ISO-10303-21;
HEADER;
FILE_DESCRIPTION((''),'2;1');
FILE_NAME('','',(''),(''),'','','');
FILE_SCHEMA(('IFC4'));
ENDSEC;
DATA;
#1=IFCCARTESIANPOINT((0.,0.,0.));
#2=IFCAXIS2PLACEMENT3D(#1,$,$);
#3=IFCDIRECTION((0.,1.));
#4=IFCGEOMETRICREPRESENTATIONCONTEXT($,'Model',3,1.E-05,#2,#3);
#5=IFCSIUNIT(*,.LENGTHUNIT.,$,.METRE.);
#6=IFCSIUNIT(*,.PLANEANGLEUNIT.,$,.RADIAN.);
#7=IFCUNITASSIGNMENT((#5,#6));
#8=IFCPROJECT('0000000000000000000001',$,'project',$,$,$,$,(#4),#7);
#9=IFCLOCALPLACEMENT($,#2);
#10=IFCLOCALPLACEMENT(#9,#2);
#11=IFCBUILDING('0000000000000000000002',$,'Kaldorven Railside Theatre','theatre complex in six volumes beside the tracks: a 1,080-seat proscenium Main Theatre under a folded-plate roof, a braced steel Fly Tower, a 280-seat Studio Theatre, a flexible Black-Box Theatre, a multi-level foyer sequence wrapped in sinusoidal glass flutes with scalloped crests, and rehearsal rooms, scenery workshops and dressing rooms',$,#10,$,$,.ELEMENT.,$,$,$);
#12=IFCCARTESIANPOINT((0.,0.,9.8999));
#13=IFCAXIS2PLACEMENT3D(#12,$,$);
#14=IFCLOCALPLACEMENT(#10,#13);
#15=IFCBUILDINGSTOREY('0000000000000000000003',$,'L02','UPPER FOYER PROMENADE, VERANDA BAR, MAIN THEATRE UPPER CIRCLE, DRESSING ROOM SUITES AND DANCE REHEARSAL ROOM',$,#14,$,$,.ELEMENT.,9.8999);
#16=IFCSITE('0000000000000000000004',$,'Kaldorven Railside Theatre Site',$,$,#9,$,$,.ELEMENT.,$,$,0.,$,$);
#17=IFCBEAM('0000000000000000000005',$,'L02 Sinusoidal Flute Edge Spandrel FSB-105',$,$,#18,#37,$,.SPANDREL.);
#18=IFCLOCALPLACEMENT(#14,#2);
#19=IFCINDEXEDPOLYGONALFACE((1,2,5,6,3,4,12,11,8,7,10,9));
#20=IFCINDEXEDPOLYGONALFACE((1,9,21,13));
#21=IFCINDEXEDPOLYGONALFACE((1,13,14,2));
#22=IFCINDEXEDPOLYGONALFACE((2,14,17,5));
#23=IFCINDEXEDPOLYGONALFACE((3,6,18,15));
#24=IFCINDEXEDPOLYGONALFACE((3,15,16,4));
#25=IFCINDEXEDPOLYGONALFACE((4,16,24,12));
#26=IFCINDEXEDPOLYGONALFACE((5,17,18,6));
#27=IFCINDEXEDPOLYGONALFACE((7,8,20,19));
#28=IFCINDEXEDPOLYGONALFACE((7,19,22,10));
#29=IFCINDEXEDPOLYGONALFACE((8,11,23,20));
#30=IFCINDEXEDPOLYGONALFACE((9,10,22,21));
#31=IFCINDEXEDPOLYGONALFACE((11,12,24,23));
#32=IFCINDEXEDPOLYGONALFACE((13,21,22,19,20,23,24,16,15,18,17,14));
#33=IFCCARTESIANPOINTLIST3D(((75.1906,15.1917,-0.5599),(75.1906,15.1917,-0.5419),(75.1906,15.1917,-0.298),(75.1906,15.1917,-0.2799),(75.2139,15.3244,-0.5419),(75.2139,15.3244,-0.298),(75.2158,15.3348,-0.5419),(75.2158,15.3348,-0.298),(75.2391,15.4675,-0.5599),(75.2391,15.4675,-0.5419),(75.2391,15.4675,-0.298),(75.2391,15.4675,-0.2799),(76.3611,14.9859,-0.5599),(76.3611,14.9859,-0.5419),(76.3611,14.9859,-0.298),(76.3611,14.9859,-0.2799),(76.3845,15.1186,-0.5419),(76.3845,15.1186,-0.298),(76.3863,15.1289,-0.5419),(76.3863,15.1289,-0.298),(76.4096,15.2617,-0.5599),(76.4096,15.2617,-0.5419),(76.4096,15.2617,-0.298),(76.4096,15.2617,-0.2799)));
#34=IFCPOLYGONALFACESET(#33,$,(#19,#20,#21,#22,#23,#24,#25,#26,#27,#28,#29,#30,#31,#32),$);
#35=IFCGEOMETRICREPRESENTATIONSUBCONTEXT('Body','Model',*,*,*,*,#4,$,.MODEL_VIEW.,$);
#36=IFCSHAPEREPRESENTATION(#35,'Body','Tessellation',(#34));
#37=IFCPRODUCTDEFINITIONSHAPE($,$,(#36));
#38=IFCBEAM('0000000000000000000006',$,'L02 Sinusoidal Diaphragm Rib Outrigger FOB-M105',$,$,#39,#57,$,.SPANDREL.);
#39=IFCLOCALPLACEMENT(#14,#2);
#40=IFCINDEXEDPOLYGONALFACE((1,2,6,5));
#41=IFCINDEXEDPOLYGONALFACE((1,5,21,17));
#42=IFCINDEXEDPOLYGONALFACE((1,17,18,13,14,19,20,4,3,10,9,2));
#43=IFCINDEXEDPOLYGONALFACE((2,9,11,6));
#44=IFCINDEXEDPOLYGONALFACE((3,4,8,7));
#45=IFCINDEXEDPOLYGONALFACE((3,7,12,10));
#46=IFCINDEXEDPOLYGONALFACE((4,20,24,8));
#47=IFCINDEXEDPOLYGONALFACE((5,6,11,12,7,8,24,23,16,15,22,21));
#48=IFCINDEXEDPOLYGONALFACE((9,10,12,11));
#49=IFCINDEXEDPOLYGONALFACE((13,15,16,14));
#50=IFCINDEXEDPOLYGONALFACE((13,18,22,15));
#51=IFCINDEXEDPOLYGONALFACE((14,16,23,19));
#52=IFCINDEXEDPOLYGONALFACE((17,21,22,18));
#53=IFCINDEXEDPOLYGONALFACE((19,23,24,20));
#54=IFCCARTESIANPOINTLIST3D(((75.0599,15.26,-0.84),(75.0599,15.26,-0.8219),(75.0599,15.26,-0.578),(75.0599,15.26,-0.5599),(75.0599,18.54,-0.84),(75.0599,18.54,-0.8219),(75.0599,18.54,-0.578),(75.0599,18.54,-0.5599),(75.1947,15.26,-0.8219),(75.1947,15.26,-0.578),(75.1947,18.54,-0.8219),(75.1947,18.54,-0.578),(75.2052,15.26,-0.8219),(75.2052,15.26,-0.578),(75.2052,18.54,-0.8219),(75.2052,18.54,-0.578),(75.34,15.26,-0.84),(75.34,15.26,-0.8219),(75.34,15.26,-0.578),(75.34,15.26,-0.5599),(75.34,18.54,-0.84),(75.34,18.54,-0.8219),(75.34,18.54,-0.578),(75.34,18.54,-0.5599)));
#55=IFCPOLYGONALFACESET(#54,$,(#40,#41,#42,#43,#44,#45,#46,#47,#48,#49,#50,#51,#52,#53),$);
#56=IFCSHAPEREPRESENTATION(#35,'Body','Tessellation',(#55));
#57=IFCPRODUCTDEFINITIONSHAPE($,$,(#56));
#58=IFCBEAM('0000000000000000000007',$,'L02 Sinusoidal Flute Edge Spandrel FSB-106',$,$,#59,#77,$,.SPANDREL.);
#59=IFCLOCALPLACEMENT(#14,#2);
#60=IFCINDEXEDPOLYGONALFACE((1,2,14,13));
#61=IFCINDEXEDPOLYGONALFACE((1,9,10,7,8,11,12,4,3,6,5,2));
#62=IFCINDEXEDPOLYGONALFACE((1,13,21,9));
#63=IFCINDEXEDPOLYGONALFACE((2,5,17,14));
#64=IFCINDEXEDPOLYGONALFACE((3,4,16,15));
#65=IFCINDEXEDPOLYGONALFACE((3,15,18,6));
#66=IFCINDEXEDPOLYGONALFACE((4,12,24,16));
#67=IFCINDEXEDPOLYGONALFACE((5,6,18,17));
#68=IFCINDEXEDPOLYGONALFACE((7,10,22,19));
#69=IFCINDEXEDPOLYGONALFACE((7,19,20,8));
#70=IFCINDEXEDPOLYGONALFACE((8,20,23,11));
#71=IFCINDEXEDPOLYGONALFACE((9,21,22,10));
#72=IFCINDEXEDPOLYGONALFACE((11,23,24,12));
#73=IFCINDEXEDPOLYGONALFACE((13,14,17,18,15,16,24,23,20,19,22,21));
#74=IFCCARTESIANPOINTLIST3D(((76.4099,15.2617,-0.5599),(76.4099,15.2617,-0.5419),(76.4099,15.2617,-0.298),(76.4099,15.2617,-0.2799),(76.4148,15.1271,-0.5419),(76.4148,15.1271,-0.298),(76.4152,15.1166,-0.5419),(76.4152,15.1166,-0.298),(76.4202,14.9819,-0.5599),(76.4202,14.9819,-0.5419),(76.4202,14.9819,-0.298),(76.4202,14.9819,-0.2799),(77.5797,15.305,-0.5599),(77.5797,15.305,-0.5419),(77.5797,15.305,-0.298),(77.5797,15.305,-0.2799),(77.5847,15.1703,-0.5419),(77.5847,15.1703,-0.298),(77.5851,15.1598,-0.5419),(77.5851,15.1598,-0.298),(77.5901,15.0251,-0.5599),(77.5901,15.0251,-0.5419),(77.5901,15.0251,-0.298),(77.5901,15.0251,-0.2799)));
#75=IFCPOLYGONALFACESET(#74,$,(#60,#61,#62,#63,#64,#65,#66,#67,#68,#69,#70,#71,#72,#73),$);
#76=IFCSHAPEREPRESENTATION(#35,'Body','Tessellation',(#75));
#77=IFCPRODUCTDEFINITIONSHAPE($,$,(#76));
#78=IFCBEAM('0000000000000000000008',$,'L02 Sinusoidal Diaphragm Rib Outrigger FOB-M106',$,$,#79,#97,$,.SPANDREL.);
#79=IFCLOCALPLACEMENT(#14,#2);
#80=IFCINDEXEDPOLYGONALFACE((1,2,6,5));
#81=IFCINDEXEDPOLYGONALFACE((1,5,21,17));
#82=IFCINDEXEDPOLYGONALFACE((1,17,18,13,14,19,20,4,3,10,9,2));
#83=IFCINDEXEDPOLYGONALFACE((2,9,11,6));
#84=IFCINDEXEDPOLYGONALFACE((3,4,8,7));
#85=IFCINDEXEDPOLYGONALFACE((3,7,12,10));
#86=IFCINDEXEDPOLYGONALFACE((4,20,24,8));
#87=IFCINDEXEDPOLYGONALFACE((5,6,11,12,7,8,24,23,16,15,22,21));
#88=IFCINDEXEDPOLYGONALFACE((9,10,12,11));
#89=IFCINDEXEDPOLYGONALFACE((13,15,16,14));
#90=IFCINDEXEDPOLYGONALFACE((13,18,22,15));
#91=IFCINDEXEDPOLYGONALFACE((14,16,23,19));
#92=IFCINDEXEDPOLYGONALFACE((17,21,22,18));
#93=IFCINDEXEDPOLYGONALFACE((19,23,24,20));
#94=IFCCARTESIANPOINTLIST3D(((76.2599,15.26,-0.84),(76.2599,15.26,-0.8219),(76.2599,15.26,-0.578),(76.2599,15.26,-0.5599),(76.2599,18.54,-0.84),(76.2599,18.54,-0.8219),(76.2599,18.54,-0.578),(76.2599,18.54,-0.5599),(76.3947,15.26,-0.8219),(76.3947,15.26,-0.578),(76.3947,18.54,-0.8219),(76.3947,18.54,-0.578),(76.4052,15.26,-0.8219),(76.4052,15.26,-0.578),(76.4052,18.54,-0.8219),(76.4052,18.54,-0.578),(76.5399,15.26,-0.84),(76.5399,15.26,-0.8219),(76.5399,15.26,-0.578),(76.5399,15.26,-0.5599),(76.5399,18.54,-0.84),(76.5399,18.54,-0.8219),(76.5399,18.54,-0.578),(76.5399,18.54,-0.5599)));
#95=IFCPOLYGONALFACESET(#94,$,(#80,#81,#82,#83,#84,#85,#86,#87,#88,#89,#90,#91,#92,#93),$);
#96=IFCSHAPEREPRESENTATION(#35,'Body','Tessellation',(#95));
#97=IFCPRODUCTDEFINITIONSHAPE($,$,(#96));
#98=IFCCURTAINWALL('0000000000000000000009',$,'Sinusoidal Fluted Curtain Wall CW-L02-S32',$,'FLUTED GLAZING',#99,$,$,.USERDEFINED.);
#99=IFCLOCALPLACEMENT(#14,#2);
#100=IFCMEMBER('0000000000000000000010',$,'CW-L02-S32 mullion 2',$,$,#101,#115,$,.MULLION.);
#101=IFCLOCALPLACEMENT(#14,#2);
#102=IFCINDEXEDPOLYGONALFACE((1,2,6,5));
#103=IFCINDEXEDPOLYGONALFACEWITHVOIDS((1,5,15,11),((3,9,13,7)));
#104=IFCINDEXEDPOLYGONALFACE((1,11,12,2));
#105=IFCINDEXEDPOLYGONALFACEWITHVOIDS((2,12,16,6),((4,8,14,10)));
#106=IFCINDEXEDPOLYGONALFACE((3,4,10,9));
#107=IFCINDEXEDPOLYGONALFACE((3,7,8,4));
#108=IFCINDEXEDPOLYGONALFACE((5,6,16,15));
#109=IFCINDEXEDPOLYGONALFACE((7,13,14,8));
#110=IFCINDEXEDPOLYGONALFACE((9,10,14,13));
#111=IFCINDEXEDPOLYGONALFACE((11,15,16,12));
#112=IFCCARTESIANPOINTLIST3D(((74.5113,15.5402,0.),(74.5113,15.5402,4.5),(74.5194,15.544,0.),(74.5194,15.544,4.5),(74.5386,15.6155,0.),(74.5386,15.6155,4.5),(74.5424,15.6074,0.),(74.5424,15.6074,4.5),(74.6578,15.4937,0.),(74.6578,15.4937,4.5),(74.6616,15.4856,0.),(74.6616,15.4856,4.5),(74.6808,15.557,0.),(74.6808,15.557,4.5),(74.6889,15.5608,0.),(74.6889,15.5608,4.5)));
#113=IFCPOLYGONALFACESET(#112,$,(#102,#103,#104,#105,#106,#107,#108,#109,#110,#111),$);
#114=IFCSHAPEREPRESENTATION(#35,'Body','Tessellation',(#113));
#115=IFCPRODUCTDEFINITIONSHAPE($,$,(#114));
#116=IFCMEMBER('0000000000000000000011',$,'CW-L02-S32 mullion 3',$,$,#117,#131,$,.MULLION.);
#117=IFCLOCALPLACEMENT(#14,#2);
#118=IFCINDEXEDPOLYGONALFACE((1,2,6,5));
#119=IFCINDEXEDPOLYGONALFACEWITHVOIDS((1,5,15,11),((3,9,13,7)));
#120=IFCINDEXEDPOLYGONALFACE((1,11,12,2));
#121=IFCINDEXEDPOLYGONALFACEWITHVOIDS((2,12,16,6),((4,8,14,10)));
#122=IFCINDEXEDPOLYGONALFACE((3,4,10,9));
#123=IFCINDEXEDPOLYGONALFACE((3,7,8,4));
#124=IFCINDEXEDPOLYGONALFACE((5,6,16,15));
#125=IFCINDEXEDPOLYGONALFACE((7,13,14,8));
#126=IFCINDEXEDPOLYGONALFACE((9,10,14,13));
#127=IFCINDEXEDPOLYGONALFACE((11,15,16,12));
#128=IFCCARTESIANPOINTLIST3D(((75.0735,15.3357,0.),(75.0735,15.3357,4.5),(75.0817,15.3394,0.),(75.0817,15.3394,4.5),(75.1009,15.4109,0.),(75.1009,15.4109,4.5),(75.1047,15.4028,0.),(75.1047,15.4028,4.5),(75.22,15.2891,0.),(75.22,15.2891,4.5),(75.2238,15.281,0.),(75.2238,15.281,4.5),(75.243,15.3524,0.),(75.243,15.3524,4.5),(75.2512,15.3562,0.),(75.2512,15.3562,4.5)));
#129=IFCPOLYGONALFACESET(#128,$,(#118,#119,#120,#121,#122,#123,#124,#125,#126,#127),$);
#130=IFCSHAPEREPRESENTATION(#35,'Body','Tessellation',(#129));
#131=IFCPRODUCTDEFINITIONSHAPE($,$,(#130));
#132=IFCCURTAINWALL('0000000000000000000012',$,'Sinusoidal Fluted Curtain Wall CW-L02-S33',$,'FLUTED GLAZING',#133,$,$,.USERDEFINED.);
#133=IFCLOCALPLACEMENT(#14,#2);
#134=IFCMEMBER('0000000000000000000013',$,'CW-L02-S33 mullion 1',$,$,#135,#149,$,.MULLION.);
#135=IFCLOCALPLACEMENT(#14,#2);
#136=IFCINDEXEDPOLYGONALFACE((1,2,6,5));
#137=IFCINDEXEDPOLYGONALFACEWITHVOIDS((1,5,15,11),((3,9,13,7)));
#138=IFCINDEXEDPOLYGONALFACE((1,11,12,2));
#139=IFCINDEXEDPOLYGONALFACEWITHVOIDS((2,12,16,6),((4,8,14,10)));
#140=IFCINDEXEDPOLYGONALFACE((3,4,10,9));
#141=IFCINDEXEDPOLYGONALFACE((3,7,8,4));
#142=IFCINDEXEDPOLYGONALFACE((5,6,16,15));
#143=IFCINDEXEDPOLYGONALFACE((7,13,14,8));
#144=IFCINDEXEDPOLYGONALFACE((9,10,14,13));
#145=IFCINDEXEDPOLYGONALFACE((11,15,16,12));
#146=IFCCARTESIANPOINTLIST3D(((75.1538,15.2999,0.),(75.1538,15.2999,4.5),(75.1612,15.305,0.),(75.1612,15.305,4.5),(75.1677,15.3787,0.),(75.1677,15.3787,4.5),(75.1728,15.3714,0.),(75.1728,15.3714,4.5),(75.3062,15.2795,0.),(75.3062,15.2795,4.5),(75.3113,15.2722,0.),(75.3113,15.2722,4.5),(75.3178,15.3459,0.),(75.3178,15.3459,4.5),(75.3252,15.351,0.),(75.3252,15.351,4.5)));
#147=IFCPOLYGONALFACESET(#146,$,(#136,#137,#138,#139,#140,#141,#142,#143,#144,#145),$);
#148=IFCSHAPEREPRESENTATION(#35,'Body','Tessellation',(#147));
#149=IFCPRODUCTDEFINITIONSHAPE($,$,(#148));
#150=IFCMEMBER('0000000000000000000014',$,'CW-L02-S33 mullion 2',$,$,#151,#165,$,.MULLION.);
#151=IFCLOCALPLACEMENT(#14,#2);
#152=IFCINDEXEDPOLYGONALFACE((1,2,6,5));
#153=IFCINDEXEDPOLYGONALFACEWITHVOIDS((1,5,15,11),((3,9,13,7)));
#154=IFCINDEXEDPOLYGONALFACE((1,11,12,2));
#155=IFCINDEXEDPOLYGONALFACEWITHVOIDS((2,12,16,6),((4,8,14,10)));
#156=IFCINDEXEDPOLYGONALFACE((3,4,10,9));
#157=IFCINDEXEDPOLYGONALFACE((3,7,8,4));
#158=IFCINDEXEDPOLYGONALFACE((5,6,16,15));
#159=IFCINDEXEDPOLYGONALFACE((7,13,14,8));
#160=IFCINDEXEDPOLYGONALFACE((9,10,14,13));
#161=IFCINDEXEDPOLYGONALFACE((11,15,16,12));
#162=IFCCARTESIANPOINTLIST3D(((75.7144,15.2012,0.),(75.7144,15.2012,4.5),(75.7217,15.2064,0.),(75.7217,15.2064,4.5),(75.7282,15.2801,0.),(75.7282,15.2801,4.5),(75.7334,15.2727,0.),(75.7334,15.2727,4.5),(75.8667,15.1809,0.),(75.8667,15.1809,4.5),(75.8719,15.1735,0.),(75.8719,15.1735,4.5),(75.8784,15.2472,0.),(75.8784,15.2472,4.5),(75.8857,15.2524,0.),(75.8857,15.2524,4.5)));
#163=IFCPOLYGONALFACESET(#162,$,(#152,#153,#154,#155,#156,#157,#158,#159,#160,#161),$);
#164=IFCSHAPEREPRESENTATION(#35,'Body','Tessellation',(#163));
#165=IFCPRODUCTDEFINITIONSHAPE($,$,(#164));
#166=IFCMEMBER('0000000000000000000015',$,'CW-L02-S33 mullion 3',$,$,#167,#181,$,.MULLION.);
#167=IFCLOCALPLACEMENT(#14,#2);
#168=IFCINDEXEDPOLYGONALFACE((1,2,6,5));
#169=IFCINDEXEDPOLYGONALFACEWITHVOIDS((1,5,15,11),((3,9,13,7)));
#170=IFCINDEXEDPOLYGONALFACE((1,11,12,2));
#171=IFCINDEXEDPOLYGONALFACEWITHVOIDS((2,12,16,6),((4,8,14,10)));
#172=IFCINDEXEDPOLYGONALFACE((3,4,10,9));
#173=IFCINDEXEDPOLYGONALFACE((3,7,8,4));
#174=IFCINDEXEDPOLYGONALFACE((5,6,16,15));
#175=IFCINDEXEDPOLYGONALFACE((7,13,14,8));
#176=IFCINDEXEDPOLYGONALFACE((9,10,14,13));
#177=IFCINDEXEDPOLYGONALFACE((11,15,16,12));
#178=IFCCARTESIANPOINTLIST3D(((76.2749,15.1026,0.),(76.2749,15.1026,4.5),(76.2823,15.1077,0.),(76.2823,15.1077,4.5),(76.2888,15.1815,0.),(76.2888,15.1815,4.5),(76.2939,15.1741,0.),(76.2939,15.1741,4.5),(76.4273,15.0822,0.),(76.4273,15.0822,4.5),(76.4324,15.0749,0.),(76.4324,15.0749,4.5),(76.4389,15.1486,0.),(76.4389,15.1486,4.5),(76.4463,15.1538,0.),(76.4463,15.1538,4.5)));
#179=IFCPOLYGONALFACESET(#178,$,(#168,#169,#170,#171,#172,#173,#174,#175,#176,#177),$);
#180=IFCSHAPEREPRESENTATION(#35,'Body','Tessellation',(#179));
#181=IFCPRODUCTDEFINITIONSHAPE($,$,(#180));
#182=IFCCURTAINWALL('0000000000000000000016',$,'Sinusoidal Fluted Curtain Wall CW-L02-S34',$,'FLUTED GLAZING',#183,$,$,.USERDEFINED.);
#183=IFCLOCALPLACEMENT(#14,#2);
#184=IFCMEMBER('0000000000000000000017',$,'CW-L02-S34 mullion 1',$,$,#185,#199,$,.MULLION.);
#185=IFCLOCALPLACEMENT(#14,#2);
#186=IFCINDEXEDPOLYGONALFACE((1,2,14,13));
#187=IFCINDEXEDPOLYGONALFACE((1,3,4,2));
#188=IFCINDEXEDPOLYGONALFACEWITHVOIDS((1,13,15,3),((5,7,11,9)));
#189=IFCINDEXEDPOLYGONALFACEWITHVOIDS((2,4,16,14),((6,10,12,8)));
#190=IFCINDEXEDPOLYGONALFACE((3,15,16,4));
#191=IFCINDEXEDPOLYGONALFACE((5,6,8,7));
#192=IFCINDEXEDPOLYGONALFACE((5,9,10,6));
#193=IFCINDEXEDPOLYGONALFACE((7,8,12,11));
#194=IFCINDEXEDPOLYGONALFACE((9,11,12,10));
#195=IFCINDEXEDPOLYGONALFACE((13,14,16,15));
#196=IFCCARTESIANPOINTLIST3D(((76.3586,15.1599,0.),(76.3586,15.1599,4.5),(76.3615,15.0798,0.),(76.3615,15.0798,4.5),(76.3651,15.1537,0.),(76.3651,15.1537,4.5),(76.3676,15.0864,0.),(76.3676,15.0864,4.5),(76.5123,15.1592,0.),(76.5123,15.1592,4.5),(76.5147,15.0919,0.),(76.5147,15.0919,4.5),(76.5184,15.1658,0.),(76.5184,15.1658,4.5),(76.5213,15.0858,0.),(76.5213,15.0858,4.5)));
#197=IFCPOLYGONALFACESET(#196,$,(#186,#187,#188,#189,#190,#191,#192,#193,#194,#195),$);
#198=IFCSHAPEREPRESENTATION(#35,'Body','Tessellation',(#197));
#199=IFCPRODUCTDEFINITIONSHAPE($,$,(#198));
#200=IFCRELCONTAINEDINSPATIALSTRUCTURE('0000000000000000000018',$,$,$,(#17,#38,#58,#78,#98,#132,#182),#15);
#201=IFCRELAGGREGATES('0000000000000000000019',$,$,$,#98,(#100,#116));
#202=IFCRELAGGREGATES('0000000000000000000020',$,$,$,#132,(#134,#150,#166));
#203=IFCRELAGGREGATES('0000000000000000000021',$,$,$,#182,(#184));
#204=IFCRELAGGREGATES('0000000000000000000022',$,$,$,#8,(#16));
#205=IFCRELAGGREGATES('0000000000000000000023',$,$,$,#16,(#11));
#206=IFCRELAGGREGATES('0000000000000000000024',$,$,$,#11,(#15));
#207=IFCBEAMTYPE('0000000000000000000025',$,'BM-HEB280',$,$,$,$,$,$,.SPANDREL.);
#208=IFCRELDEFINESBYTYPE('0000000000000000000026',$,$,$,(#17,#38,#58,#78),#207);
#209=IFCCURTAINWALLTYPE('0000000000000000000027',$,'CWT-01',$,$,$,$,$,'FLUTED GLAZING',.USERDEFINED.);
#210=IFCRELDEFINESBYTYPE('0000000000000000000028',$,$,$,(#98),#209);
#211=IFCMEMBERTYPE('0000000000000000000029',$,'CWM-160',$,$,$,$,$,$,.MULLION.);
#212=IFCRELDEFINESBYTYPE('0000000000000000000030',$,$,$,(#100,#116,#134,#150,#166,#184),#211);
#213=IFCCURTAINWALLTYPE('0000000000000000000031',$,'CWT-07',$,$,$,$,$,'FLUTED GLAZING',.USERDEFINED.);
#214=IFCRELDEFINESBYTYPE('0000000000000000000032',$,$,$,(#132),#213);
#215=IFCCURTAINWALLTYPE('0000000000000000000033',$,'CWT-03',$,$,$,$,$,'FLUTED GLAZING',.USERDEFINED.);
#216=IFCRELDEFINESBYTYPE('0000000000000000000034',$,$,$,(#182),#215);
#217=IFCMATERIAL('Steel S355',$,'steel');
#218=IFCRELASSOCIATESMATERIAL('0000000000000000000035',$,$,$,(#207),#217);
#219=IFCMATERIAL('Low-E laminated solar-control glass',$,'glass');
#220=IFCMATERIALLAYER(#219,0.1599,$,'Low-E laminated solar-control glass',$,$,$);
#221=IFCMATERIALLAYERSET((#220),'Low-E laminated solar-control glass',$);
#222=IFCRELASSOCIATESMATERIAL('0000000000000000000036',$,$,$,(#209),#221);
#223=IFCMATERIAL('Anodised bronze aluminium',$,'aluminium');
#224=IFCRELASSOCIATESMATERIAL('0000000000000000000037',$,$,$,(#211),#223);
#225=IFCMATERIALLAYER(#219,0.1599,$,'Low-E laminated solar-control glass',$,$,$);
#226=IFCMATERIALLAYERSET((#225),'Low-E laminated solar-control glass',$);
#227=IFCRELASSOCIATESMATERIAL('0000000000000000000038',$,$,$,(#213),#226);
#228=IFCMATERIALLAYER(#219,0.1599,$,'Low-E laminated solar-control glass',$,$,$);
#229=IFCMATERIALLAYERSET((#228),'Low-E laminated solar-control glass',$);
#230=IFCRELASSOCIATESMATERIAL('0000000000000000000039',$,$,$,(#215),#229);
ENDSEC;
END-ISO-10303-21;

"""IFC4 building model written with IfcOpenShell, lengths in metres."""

from ifc_helpers import new_model, si_unit, direction, frame, origin, origin_2d, place, context, subcontext, project, spatial, hollow_rectangle, i_section, extrude, material, layer, layer_set, material_profile, profile_set, type_object, element, aggregate, save


model = new_model("IFC4")

# Units and contexts
model_context = context("Model", 3, precision=1e-05, world=origin(), true_north=direction((0.0, 1.0)))
body_context = subcontext(model_context, "Body", "Model", "MODEL_VIEW")
ifc_project = project(units=[si_unit("LENGTHUNIT", "METRE"), si_unit("PLANEANGLEUNIT", "RADIAN")], contexts=[model_context])

# Site, building, storey
site_placement = place(None, origin())
site = spatial("IfcSite", under=ifc_project, at=site_placement, Name="Kaldorven Railside Theatre Site", CompositionType="ELEMENT", RefElevation=0.0)
building_placement = place(site_placement, origin())
building = spatial("IfcBuilding", under=site, at=building_placement, Name="Kaldorven Railside Theatre", Description="theatre complex in six volumes beside the tracks: a 1,080-seat proscenium Main Theatre under a folded-plate roof, a braced steel Fly Tower, a 280-seat Studio Theatre, a flexible Black-Box Theatre, a multi-level foyer sequence wrapped in sinusoidal glass flutes with scalloped crests, and rehearsal rooms, scenery workshops and dressing rooms", CompositionType="ELEMENT")
storey_placement = place(building_placement, frame((0.0, 0.0, 9.8999)))
storey = spatial("IfcBuildingStorey", under=building, at=storey_placement, Name="L02", Description="UPPER FOYER PROMENADE, VERANDA BAR, MAIN THEATRE UPPER CIRCLE, DRESSING ROOM SUITES AND DANCE REHEARSAL ROOM", CompositionType="ELEMENT", Elevation=9.8999)

# Beams
ifc_material_1 = material(Name="Steel S355", Category="steel")
ifc_material_profile_1 = material_profile(ifc_material_1, i_section(OverallWidth=0.28, OverallDepth=0.28, WebThickness=0.0105, FlangeThickness=0.0181, at=origin_2d()), Name="HEB 280")
ifc_profile_set_1 = profile_set([ifc_material_profile_1], Name="Steel S355")
beam_type = type_object("IfcBeamType", Name="BM-HEB280", PredefinedType="SPANDREL", material=ifc_profile_set_1)
beam_1_placement = place(storey_placement, frame((75.2148, 15.3296, -0.4199), z_axis=(0.984889, -0.173188, 0.0), x_axis=(0.173188, 0.984889, 0.0)))
element("IfcBeam", 1, at=beam_1_placement, inside=storey, type_object=beam_type, Name="L02 Sinusoidal Flute Edge Spandrel FSB-105", PredefinedType="SPANDREL", context=body_context, shape_type="SweptSolid", body=[
    extrude(i_section(OverallWidth=0.28, OverallDepth=0.28, WebThickness=0.0105, FlangeThickness=0.0181, at=origin_2d()), origin(), (0.0, 0.0, 1.0), 1.1885),
])
beam_2_placement = place(storey_placement, frame((75.2, 15.26, -0.7), z_axis=(0.0, 1.0, 0.0), x_axis=(-1.0, 0.0, 0.0)))
element("IfcBeam", 2, at=beam_2_placement, inside=storey, type_object=beam_type, Name="L02 Sinusoidal Diaphragm Rib Outrigger FOB-M105", PredefinedType="SPANDREL", context=body_context, shape_type="SweptSolid", body=[
    extrude(i_section(OverallWidth=0.28, OverallDepth=0.28, WebThickness=0.0105, FlangeThickness=0.0181, at=origin_2d()), origin(), (0.0, 0.0, 1.0), 3.28),
])
beam_3_placement = place(storey_placement, frame((76.415, 15.1218, -0.4199), z_axis=(0.999319, 0.036911, 0.0), x_axis=(-0.036911, 0.999319, 0.0)))
element("IfcBeam", 3, at=beam_3_placement, inside=storey, type_object=beam_type, Name="L02 Sinusoidal Flute Edge Spandrel FSB-106", PredefinedType="SPANDREL", context=body_context, shape_type="SweptSolid", body=[
    extrude(i_section(OverallWidth=0.28, OverallDepth=0.28, WebThickness=0.0105, FlangeThickness=0.0181, at=origin_2d()), origin(), (0.0, 0.0, 1.0), 1.1707),
])
beam_4_placement = place(storey_placement, frame((76.3999, 15.26, -0.7), z_axis=(0.0, 1.0, 0.0), x_axis=(-1.0, 0.0, 0.0)))
element("IfcBeam", 4, at=beam_4_placement, inside=storey, type_object=beam_type, Name="L02 Sinusoidal Diaphragm Rib Outrigger FOB-M106", PredefinedType="SPANDREL", context=body_context, shape_type="SweptSolid", body=[
    extrude(i_section(OverallWidth=0.28, OverallDepth=0.28, WebThickness=0.0105, FlangeThickness=0.0181, at=origin_2d()), origin(), (0.0, 0.0, 1.0), 3.28),
])

# Curtain walls, members
ifc_material_2 = material(Name="Low-E laminated solar-control glass", Category="glass")
ifc_layer_1 = layer(ifc_material_2, 0.1599, Name="Low-E laminated solar-control glass")
ifc_layer_set_1 = layer_set([ifc_layer_1], Name="Low-E laminated solar-control glass")
curtain_wall_type_1 = type_object("IfcCurtainWallType", Name="CWT-01", ElementType="FLUTED GLAZING", PredefinedType="USERDEFINED", material=ifc_layer_set_1)
curtain_wall_1_placement = place(storey_placement, origin())
curtain_wall_1 = element("IfcCurtainWall", 5, at=curtain_wall_1_placement, inside=storey, type_object=curtain_wall_type_1, Name="Sinusoidal Fluted Curtain Wall CW-L02-S32", ObjectType="FLUTED GLAZING", PredefinedType="USERDEFINED")
ifc_material_3 = material(Name="Anodised bronze aluminium", Category="aluminium")
ifc_material_profile_2 = material_profile(ifc_material_3, hollow_rectangle(XDim=0.0801, YDim=0.1599, WallThickness=0.0063, at=origin_2d()), Name="RHS 160x80x6.3")
ifc_profile_set_2 = profile_set([ifc_material_profile_2], Name="Anodised bronze aluminium")
member_type_1 = type_object("IfcMemberType", Name="CWM-160", PredefinedType="MULLION", material=ifc_profile_set_2)
member_1_placement = place(storey_placement, frame((74.6001, 15.5505, 0.0), z_axis=(0.0, 0.0, 1.0), x_axis=(0.341837, 0.939759, 0.0)))
member_1 = element("IfcMember", 6, at=member_1_placement, type_object=member_type_1, Name="CW-L02-S32 mullion 2", PredefinedType="MULLION", context=body_context, shape_type="SweptSolid", body=[
    extrude(hollow_rectangle(XDim=0.0801, YDim=0.1599, WallThickness=0.0063, at=origin_2d()), origin(), (0.0, 0.0, 1.0), 4.5),
])
member_2_placement = place(storey_placement, frame((75.1624, 15.3459, 0.0), z_axis=(0.0, 0.0, 1.0), x_axis=(0.341837, 0.939759, 0.0)))
member_2 = element("IfcMember", 7, at=member_2_placement, type_object=member_type_1, Name="CW-L02-S32 mullion 3", PredefinedType="MULLION", context=body_context, shape_type="SweptSolid", body=[
    extrude(hollow_rectangle(XDim=0.0801, YDim=0.1599, WallThickness=0.0063, at=origin_2d()), origin(), (0.0, 0.0, 1.0), 4.5),
])
ifc_layer_2 = layer(ifc_material_2, 0.1599, Name="Low-E laminated solar-control glass")
ifc_layer_set_2 = layer_set([ifc_layer_2], Name="Low-E laminated solar-control glass")
curtain_wall_type_2 = type_object("IfcCurtainWallType", Name="CWT-07", ElementType="FLUTED GLAZING", PredefinedType="USERDEFINED", material=ifc_layer_set_2)
curtain_wall_2_placement = place(storey_placement, origin())
curtain_wall_2 = element("IfcCurtainWall", 8, at=curtain_wall_2_placement, inside=storey, type_object=curtain_wall_type_2, Name="Sinusoidal Fluted Curtain Wall CW-L02-S33", ObjectType="FLUTED GLAZING", PredefinedType="USERDEFINED")
member_3_placement = place(storey_placement, frame((75.2395, 15.3254, 0.0), z_axis=(0.0, 0.0, 1.0), x_axis=(0.173256, 0.984877, 0.0)))
member_3 = element("IfcMember", 9, at=member_3_placement, type_object=member_type_1, Name="CW-L02-S33 mullion 1", PredefinedType="MULLION", context=body_context, shape_type="SweptSolid", body=[
    extrude(hollow_rectangle(XDim=0.0801, YDim=0.1599, WallThickness=0.0063, at=origin_2d()), origin(), (0.0, 0.0, 1.0), 4.5),
])
member_4_placement = place(storey_placement, frame((75.8, 15.2268, 0.0), z_axis=(0.0, 0.0, 1.0), x_axis=(0.173256, 0.984877, 0.0)))
member_4 = element("IfcMember", 10, at=member_4_placement, type_object=member_type_1, Name="CW-L02-S33 mullion 2", PredefinedType="MULLION", context=body_context, shape_type="SweptSolid", body=[
    extrude(hollow_rectangle(XDim=0.0801, YDim=0.1599, WallThickness=0.0063, at=origin_2d()), origin(), (0.0, 0.0, 1.0), 4.5),
])
member_5_placement = place(storey_placement, frame((76.3606, 15.1282, 0.0), z_axis=(0.0, 0.0, 1.0), x_axis=(0.173256, 0.984877, 0.0)))
member_5 = element("IfcMember", 11, at=member_5_placement, type_object=member_type_1, Name="CW-L02-S33 mullion 3", PredefinedType="MULLION", context=body_context, shape_type="SweptSolid", body=[
    extrude(hollow_rectangle(XDim=0.0801, YDim=0.1599, WallThickness=0.0063, at=origin_2d()), origin(), (0.0, 0.0, 1.0), 4.5),
])
ifc_layer_3 = layer(ifc_material_2, 0.1599, Name="Low-E laminated solar-control glass")
ifc_layer_set_3 = layer_set([ifc_layer_3], Name="Low-E laminated solar-control glass")
curtain_wall_type_3 = type_object("IfcCurtainWallType", Name="CWT-03", ElementType="FLUTED GLAZING", PredefinedType="USERDEFINED", material=ifc_layer_set_3)
curtain_wall_3_placement = place(storey_placement, origin())
curtain_wall_3 = element("IfcCurtainWall", 12, at=curtain_wall_3_placement, inside=storey, type_object=curtain_wall_type_3, Name="Sinusoidal Fluted Curtain Wall CW-L02-S34", ObjectType="FLUTED GLAZING", PredefinedType="USERDEFINED")
member_6_placement = place(storey_placement, frame((76.4399, 15.1228, 0.0), z_axis=(0.0, 0.0, 1.0), x_axis=(-0.037058, 0.999313, 0.0)))
member_6 = element("IfcMember", 13, at=member_6_placement, type_object=member_type_1, Name="CW-L02-S34 mullion 1", PredefinedType="MULLION", context=body_context, shape_type="SweptSolid", body=[
    extrude(hollow_rectangle(XDim=0.0801, YDim=0.1599, WallThickness=0.0063, at=origin_2d()), origin(), (0.0, 0.0, 1.0), 4.5),
])

aggregate(curtain_wall_1, [member_1, member_2])
aggregate(curtain_wall_2, [member_3, member_4, member_5])
aggregate(curtain_wall_3, [member_6])

save(model, "model.ifc")
